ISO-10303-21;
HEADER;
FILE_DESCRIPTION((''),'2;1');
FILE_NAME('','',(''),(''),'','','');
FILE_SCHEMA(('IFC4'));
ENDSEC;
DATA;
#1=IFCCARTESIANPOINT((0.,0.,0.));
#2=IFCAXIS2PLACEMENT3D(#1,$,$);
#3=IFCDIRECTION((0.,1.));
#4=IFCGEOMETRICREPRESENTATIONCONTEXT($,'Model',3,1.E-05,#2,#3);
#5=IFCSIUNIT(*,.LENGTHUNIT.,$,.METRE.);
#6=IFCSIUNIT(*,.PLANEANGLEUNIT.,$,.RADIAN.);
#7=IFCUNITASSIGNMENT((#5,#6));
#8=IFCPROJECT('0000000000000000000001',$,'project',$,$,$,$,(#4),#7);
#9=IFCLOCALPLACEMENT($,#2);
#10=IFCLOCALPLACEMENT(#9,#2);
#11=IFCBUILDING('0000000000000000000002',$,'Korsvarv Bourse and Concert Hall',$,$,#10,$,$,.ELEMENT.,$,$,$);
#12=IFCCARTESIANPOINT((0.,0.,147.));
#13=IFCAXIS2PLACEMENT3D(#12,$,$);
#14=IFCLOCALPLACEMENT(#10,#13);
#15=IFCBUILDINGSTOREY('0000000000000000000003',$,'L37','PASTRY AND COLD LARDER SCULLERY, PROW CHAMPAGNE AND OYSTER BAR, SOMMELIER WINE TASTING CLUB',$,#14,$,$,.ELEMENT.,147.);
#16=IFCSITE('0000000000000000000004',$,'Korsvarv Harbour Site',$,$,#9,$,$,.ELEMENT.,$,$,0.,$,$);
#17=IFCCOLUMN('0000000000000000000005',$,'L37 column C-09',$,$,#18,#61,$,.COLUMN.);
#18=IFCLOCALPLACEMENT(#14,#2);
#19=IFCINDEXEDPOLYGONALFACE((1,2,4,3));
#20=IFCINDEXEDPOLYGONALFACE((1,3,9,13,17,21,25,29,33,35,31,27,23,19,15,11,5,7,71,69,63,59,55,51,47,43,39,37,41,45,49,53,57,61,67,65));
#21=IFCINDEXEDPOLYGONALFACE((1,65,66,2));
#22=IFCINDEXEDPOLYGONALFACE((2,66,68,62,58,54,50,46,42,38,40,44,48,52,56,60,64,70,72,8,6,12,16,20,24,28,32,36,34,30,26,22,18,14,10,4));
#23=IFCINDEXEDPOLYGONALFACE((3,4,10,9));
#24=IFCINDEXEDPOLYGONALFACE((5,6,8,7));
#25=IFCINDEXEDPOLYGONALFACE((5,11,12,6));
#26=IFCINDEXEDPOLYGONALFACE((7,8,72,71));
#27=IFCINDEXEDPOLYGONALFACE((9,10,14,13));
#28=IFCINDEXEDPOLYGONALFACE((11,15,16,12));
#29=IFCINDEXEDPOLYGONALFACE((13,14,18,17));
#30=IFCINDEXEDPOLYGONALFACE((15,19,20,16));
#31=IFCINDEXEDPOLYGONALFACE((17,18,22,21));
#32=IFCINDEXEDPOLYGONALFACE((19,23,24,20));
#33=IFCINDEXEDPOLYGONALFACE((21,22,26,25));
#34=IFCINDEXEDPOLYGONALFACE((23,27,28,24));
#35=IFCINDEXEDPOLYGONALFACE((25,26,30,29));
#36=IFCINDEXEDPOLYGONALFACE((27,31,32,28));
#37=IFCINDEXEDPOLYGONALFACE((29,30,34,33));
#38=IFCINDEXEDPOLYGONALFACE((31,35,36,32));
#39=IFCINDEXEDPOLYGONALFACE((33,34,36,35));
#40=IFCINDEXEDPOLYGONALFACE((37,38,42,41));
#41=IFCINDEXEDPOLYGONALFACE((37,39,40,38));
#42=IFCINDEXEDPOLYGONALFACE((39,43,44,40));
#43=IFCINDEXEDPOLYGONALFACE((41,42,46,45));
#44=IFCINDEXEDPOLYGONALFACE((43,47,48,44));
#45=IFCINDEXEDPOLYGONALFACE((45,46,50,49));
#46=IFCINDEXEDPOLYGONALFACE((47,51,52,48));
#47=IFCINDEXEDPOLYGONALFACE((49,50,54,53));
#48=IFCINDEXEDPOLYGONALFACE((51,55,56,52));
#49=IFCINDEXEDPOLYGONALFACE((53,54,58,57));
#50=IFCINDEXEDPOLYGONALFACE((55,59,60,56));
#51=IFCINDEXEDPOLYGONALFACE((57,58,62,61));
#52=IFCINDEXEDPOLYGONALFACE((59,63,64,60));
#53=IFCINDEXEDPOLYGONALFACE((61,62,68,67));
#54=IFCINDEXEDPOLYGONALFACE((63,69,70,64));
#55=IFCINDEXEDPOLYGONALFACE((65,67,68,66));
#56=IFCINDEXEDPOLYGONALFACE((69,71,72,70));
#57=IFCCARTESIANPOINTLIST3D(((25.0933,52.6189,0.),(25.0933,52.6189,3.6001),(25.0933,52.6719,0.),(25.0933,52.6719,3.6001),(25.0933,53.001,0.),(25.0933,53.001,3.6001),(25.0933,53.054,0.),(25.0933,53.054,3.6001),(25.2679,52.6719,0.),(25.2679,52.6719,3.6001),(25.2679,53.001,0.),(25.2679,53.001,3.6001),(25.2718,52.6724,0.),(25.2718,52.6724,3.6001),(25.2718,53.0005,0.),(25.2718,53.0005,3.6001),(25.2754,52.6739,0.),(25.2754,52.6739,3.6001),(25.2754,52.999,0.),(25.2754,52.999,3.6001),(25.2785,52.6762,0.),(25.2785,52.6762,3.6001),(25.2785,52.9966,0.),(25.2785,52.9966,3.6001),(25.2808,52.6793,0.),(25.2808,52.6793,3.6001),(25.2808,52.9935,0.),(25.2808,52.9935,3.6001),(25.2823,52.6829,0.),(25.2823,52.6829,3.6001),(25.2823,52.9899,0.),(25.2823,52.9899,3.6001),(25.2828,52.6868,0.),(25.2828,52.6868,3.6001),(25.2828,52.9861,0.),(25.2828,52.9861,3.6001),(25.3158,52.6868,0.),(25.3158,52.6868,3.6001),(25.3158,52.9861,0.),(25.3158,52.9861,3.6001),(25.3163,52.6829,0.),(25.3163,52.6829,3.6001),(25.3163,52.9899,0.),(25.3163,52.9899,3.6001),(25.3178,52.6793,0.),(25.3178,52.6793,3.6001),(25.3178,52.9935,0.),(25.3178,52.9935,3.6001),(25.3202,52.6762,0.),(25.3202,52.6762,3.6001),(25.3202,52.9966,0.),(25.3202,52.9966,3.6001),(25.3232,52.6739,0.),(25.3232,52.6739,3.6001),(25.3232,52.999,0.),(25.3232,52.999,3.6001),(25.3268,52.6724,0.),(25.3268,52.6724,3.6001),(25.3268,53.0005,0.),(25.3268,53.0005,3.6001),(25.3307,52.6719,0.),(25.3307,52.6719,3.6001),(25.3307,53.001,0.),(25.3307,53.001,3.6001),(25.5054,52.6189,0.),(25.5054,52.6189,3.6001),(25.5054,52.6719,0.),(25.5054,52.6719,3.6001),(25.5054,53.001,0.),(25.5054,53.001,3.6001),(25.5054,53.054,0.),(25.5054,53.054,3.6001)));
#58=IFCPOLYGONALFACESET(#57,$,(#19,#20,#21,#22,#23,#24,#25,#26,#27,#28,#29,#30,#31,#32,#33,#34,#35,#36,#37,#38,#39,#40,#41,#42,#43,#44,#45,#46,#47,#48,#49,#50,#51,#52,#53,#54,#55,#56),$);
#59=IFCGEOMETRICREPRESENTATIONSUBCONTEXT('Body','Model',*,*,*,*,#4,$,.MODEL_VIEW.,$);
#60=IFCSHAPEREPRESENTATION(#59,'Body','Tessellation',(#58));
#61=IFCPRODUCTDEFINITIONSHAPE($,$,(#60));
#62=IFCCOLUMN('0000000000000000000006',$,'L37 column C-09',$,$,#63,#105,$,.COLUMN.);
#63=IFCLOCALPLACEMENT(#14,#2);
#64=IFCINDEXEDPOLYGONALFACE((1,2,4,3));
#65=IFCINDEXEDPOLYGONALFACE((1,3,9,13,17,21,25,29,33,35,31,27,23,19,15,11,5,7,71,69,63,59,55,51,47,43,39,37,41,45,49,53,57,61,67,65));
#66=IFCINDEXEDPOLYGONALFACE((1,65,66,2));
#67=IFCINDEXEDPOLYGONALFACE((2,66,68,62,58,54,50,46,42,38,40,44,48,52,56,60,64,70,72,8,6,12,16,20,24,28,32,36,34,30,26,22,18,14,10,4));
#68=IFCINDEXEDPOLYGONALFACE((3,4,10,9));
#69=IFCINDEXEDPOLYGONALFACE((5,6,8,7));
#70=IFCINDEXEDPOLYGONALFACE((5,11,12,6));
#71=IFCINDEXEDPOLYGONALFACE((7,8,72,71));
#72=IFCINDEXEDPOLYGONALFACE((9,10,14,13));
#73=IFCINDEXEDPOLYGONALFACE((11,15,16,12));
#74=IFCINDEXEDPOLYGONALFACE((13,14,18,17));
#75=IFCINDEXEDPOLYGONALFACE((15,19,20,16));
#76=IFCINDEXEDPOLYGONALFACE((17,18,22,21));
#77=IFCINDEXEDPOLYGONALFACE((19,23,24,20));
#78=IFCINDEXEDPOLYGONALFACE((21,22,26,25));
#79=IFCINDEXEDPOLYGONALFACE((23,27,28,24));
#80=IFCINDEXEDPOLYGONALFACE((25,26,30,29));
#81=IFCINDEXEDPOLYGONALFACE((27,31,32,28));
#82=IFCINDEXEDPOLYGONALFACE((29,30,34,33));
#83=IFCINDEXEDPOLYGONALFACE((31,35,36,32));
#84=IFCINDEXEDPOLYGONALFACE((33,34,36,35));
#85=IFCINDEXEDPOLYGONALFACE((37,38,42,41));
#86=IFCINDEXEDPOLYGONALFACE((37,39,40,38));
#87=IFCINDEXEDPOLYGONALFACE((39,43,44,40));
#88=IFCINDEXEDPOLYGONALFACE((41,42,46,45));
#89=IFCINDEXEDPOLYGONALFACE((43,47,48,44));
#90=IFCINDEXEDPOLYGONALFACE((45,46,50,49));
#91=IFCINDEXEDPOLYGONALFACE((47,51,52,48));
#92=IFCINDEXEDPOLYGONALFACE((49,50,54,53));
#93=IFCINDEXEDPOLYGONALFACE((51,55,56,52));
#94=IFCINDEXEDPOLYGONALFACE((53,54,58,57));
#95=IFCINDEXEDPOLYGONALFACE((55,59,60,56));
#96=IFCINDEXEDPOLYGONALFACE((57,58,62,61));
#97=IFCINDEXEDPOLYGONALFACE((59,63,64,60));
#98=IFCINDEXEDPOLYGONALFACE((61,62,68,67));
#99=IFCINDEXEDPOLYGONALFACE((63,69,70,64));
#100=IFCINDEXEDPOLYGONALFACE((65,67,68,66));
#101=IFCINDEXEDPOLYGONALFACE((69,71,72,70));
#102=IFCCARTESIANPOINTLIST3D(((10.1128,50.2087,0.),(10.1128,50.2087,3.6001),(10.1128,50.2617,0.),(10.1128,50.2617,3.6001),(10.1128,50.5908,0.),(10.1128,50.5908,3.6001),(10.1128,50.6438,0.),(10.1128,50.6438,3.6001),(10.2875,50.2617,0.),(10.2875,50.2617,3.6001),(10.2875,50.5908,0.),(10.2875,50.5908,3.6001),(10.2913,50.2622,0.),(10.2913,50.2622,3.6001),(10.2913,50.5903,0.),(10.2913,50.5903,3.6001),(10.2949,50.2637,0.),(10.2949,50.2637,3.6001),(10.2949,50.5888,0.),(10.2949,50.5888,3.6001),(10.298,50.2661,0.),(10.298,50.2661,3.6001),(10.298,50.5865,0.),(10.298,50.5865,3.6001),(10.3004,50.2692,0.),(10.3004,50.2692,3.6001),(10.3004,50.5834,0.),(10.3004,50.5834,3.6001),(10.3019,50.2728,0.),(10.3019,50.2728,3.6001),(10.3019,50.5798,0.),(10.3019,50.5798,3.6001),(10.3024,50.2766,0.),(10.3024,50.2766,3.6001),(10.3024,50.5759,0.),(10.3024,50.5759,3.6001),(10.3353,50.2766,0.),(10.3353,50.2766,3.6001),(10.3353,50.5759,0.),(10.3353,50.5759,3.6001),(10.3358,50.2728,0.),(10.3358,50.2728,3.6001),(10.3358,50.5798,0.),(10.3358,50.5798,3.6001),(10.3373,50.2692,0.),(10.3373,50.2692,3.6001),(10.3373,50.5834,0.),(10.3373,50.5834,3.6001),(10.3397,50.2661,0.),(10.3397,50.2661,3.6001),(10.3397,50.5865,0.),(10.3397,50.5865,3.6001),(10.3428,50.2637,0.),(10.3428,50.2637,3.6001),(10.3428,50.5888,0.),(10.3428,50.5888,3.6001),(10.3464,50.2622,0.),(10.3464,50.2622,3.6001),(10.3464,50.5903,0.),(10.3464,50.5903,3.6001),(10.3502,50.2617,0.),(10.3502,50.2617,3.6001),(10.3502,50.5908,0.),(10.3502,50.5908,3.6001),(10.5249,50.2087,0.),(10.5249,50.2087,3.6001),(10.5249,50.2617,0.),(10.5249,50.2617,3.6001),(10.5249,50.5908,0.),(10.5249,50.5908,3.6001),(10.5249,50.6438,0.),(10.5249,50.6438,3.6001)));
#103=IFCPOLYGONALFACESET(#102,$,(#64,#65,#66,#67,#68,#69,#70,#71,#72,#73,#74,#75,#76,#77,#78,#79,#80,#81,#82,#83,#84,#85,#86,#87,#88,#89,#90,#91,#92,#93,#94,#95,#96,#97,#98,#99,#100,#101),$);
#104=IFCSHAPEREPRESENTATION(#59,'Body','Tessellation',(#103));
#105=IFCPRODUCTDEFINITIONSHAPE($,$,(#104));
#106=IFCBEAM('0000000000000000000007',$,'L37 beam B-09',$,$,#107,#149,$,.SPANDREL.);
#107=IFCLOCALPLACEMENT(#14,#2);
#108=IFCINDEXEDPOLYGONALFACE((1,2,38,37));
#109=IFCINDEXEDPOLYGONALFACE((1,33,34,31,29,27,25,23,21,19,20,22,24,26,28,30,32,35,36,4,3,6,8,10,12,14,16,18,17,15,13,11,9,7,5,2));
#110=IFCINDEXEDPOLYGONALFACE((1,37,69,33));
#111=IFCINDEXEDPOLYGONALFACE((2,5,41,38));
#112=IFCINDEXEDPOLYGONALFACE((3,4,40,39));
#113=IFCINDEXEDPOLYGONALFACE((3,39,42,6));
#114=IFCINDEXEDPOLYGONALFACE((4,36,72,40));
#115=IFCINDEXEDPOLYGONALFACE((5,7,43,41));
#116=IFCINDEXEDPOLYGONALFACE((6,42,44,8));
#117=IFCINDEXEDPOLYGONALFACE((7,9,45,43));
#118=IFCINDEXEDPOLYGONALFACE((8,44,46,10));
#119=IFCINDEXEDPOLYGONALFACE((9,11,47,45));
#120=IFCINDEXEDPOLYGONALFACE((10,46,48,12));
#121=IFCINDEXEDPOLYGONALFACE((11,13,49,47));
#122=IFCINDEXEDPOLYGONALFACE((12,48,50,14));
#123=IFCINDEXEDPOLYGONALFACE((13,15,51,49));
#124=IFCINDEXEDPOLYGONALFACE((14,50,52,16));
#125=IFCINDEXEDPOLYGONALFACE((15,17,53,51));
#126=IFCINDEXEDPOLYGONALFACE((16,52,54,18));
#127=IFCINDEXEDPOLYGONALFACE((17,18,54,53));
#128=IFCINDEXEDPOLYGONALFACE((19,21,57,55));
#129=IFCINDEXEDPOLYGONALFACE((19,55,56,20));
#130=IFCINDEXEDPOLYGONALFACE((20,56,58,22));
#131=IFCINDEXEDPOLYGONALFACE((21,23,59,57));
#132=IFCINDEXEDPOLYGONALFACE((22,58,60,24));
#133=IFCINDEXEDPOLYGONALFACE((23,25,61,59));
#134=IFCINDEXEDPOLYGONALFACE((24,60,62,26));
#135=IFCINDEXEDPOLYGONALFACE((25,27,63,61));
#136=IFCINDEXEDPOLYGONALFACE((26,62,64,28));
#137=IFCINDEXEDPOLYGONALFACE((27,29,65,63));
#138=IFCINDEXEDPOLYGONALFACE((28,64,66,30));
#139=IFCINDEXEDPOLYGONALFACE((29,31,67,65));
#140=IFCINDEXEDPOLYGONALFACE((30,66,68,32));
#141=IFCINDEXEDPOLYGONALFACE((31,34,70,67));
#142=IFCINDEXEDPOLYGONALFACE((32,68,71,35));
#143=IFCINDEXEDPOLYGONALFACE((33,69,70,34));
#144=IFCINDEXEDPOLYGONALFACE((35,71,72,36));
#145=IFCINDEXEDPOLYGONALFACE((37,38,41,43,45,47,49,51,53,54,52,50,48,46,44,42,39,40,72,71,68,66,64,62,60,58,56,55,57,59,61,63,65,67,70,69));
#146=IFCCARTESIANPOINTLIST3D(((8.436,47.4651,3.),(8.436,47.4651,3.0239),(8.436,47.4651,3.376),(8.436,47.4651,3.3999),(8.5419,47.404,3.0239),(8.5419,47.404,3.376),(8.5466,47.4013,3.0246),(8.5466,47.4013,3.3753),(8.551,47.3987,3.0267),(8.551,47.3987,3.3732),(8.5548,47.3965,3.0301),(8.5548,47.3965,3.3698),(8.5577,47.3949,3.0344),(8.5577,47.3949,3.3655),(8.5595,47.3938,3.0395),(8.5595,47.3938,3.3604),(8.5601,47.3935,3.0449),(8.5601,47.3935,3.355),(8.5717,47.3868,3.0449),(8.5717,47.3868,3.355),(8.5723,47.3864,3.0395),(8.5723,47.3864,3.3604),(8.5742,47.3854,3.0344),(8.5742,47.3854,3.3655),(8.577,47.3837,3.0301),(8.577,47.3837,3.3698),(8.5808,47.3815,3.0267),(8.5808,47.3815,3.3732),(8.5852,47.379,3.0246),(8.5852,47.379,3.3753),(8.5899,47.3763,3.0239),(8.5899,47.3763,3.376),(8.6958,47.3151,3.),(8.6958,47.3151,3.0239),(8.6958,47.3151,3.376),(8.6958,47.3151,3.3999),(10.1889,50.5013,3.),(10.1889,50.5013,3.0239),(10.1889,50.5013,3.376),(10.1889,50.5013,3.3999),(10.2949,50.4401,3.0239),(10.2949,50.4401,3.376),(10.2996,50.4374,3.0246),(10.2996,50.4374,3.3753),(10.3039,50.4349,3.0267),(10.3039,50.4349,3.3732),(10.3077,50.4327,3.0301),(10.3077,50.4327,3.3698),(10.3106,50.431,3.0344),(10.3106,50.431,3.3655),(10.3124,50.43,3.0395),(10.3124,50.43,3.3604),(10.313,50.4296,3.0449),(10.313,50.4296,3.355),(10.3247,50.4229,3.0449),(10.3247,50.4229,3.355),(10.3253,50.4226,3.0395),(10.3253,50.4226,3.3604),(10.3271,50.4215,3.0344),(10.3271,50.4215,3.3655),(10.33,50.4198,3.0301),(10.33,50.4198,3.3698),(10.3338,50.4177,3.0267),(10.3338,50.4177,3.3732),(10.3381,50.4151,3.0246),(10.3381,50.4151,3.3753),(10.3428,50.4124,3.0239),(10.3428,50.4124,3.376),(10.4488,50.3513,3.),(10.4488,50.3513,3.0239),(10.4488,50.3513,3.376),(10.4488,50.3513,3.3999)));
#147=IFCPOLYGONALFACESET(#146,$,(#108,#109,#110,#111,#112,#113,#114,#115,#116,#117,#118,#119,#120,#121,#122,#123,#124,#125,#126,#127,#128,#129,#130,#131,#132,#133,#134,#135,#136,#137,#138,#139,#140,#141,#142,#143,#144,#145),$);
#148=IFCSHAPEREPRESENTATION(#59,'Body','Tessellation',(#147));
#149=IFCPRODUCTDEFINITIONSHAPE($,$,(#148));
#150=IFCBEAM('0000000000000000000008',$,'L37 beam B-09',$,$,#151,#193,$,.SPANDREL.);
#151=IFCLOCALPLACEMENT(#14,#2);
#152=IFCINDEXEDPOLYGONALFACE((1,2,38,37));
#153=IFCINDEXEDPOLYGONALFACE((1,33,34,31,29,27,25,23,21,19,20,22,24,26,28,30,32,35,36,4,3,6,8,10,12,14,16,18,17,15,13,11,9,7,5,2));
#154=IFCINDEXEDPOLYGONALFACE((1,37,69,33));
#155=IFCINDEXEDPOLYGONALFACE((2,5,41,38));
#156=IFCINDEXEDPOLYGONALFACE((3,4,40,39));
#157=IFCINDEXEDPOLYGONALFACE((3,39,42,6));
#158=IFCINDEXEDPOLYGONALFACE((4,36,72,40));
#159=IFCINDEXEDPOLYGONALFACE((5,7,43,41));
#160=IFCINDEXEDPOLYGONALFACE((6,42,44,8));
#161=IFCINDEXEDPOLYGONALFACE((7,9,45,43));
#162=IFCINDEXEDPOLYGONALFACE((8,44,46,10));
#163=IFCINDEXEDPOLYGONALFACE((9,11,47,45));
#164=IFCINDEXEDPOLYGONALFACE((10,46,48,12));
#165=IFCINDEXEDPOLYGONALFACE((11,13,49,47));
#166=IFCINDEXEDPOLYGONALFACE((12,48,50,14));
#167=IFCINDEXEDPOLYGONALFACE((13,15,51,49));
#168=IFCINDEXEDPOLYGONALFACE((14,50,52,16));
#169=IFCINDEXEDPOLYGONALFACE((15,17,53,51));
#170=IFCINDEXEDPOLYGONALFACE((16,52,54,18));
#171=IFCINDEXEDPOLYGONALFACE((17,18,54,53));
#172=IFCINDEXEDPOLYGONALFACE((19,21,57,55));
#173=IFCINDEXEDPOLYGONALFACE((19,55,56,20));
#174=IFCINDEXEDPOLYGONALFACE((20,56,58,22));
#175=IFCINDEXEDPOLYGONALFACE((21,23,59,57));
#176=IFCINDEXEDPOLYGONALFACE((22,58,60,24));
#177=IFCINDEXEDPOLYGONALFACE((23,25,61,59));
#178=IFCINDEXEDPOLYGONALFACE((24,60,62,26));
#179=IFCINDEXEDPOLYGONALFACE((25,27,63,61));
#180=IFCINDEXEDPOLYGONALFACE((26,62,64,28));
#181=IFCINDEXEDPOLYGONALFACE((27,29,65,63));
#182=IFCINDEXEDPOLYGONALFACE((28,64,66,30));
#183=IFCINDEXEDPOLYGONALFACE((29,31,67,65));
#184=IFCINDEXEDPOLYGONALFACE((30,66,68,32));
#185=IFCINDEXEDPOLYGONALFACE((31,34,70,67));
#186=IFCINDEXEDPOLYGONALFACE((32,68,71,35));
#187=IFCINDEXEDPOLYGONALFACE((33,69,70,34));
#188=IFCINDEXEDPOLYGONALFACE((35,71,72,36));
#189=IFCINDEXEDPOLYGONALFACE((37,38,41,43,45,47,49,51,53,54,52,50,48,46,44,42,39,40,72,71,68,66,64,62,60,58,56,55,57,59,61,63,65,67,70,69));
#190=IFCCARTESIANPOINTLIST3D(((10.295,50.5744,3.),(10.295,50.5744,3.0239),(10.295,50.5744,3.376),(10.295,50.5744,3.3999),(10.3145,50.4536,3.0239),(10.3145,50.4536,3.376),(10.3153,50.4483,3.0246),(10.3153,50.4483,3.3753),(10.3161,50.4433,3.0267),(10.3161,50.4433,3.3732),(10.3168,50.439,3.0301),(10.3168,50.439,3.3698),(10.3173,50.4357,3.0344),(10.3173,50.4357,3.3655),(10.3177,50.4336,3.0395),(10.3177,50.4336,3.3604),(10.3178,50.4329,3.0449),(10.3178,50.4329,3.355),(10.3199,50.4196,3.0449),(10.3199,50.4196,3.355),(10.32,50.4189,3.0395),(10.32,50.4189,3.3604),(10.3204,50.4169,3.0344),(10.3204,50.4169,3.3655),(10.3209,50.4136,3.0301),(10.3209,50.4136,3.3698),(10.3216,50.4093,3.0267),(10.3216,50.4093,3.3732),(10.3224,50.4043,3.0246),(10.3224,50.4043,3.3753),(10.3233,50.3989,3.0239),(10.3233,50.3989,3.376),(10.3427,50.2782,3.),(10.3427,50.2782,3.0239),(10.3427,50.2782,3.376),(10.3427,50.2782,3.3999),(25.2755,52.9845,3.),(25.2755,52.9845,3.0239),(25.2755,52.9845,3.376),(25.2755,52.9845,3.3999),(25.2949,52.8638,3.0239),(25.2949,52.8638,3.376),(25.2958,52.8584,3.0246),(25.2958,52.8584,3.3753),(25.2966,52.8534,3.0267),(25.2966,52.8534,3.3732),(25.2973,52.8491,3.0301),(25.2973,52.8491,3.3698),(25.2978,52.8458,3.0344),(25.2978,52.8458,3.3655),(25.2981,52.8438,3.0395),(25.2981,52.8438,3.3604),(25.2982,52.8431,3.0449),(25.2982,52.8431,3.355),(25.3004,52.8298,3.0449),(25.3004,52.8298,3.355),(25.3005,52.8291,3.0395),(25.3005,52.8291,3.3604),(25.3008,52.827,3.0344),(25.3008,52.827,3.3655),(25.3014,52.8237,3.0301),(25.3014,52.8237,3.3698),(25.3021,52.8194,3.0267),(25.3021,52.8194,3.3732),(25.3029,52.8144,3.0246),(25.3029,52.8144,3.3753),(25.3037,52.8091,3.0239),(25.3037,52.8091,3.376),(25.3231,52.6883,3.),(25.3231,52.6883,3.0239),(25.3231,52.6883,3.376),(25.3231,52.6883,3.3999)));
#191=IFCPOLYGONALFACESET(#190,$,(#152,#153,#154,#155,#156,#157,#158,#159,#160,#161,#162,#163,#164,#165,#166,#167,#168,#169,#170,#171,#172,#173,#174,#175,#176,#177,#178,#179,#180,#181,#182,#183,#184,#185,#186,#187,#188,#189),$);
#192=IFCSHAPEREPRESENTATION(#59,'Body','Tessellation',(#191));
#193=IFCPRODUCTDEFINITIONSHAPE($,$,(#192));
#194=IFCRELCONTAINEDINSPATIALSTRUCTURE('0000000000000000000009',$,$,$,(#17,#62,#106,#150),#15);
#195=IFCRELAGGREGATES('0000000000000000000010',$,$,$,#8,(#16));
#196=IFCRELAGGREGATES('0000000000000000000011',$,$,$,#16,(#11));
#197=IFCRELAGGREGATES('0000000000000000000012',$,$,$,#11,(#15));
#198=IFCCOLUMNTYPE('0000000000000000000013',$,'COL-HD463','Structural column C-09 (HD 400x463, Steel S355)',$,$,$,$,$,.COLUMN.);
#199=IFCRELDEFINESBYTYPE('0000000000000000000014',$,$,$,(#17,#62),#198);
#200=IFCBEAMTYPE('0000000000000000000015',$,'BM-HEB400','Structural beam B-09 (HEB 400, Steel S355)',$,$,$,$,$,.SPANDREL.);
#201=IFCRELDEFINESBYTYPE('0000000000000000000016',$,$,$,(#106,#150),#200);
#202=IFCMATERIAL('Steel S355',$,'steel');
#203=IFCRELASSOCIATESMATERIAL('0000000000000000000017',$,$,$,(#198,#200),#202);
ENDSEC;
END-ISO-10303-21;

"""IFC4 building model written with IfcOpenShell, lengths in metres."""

from ifc_helpers import new_model, si_unit, direction, frame, origin, origin_2d, place, context, subcontext, project, spatial, i_section, extrude, source, transform, mapped, material, material_profile, profile_set, type_object, element, save


model = new_model("IFC4")

# Units and contexts
model_context = context("Model", 3, precision=1e-05, world=origin(), true_north=direction((0.0, 1.0)))
body_context = subcontext(model_context, "Body", "Model", "MODEL_VIEW")
ifc_project = project(units=[si_unit("LENGTHUNIT", "METRE"), si_unit("PLANEANGLEUNIT", "RADIAN")], contexts=[model_context])

# Site, building, storey
site_placement = place(None, origin())
site = spatial("IfcSite", under=ifc_project, at=site_placement, Name="Korsvarv Harbour Site", CompositionType="ELEMENT", RefElevation=0.0)
building_placement = place(site_placement, origin())
building = spatial("IfcBuilding", under=site, at=building_placement, Name="Korsvarv Bourse and Concert Hall", CompositionType="ELEMENT")
storey_placement = place(building_placement, frame((0.0, 0.0, 147.0)))
storey = spatial("IfcBuildingStorey", under=building, at=storey_placement, Name="L37", Description="PASTRY AND COLD LARDER SCULLERY, PROW CHAMPAGNE AND OYSTER BAR, SOMMELIER WINE TASTING CLUB", CompositionType="ELEMENT", Elevation=147.0)

# Columns
ifc_material_1 = material(Name="Steel S355", Category="steel")
ifc_material_profile_1 = material_profile(ifc_material_1, i_section(OverallWidth=0.4121, OverallDepth=0.4351, WebThickness=0.033, FlangeThickness=0.053, FilletRadius=0.0149, at=origin_2d()), Name="HD 400x463")
ifc_profile_set_1 = profile_set([ifc_material_profile_1], Name="Steel S355")
column_type = type_object("IfcColumnType", Name="COL-HD463", Description="Structural column C-09 (HD 400x463, Steel S355)", PredefinedType="COLUMN", material=ifc_profile_set_1)
shared_shape_1 = source(origin(), body_context, "Body", "SweptSolid", [
    extrude(i_section(OverallWidth=0.4121, OverallDepth=0.4351, WebThickness=0.033, FlangeThickness=0.053, FilletRadius=0.0149, at=origin_2d()), origin(), (0.0, 0.0, 1.0), 3.6001),
])
for number, where, z_axis, x_axis, name in (
    (1, (25.2993, 52.8364, 0.0), (0.0, 0.0, 1.0), (1.0, 0.0, 0.0), "L37 column C-09"),
    (2, (10.3188, 50.4263, 0.0), (0.0, 0.0, 1.0), (1.0, 0.0, 0.0), "L37 column C-09"),
):
    element("IfcColumn", number, at=place(storey_placement, frame(where, z_axis=z_axis, x_axis=x_axis)), inside=storey, type_object=column_type, Name=name, PredefinedType="COLUMN", context=body_context, shape_type="MappedRepresentation", body=[
        mapped(shared_shape_1, transform((0.0, 0.0, 0.0), scale=1.0)),
    ])

# Beams
ifc_material_profile_2 = material_profile(ifc_material_1, i_section(OverallWidth=0.3, OverallDepth=0.3999, WebThickness=0.0134, FlangeThickness=0.0239, FilletRadius=0.021, at=origin_2d()), Name="HEB 400")
ifc_profile_set_2 = profile_set([ifc_material_profile_2], Name="Steel S355")
beam_type_1 = type_object("IfcBeamType", Name="BM-HEB400", Description="Structural beam B-09 (HEB 400, Steel S355)", PredefinedType="SPANDREL", material=ifc_profile_set_2)
shared_shape_2 = source(origin(), body_context, "Body", "SweptSolid", [
    extrude(i_section(OverallWidth=0.3, OverallDepth=0.3999, WebThickness=0.0134, FlangeThickness=0.0239, FilletRadius=0.021, at=origin_2d()), origin(), (0.0, 0.0, 1.0), 3.5059),
])
beam_1_placement = place(storey_placement, frame((10.3188, 50.4263, 3.2), z_axis=(-0.500004, -0.866023, 0.0), x_axis=(0.866023, -0.500004, 0.0)))
element("IfcBeam", 3, at=beam_1_placement, inside=storey, type_object=beam_type_1, Name="L37 beam B-09", PredefinedType="SPANDREL", context=body_context, shape_type="MappedRepresentation", body=[
    mapped(shared_shape_2, transform((0.0, 0.0, 0.0), scale=1.0)),
])
shared_shape_3 = source(origin(), body_context, "Body", "SweptSolid", [
    extrude(i_section(OverallWidth=0.3, OverallDepth=0.3999, WebThickness=0.0134, FlangeThickness=0.0239, FilletRadius=0.021, at=origin_2d()), origin(), (0.0, 0.0, 1.0), 15.1731),
])
beam_2_placement = place(storey_placement, frame((25.2993, 52.8364, 3.2), z_axis=(-0.987304, -0.158844, 0.0), x_axis=(0.158844, -0.987304, 0.0)))
element("IfcBeam", 4, at=beam_2_placement, inside=storey, type_object=beam_type_1, Name="L37 beam B-09", PredefinedType="SPANDREL", context=body_context, shape_type="MappedRepresentation", body=[
    mapped(shared_shape_3, transform((0.0, 0.0, 0.0), scale=1.0)),
])

save(model, "model.ifc")
